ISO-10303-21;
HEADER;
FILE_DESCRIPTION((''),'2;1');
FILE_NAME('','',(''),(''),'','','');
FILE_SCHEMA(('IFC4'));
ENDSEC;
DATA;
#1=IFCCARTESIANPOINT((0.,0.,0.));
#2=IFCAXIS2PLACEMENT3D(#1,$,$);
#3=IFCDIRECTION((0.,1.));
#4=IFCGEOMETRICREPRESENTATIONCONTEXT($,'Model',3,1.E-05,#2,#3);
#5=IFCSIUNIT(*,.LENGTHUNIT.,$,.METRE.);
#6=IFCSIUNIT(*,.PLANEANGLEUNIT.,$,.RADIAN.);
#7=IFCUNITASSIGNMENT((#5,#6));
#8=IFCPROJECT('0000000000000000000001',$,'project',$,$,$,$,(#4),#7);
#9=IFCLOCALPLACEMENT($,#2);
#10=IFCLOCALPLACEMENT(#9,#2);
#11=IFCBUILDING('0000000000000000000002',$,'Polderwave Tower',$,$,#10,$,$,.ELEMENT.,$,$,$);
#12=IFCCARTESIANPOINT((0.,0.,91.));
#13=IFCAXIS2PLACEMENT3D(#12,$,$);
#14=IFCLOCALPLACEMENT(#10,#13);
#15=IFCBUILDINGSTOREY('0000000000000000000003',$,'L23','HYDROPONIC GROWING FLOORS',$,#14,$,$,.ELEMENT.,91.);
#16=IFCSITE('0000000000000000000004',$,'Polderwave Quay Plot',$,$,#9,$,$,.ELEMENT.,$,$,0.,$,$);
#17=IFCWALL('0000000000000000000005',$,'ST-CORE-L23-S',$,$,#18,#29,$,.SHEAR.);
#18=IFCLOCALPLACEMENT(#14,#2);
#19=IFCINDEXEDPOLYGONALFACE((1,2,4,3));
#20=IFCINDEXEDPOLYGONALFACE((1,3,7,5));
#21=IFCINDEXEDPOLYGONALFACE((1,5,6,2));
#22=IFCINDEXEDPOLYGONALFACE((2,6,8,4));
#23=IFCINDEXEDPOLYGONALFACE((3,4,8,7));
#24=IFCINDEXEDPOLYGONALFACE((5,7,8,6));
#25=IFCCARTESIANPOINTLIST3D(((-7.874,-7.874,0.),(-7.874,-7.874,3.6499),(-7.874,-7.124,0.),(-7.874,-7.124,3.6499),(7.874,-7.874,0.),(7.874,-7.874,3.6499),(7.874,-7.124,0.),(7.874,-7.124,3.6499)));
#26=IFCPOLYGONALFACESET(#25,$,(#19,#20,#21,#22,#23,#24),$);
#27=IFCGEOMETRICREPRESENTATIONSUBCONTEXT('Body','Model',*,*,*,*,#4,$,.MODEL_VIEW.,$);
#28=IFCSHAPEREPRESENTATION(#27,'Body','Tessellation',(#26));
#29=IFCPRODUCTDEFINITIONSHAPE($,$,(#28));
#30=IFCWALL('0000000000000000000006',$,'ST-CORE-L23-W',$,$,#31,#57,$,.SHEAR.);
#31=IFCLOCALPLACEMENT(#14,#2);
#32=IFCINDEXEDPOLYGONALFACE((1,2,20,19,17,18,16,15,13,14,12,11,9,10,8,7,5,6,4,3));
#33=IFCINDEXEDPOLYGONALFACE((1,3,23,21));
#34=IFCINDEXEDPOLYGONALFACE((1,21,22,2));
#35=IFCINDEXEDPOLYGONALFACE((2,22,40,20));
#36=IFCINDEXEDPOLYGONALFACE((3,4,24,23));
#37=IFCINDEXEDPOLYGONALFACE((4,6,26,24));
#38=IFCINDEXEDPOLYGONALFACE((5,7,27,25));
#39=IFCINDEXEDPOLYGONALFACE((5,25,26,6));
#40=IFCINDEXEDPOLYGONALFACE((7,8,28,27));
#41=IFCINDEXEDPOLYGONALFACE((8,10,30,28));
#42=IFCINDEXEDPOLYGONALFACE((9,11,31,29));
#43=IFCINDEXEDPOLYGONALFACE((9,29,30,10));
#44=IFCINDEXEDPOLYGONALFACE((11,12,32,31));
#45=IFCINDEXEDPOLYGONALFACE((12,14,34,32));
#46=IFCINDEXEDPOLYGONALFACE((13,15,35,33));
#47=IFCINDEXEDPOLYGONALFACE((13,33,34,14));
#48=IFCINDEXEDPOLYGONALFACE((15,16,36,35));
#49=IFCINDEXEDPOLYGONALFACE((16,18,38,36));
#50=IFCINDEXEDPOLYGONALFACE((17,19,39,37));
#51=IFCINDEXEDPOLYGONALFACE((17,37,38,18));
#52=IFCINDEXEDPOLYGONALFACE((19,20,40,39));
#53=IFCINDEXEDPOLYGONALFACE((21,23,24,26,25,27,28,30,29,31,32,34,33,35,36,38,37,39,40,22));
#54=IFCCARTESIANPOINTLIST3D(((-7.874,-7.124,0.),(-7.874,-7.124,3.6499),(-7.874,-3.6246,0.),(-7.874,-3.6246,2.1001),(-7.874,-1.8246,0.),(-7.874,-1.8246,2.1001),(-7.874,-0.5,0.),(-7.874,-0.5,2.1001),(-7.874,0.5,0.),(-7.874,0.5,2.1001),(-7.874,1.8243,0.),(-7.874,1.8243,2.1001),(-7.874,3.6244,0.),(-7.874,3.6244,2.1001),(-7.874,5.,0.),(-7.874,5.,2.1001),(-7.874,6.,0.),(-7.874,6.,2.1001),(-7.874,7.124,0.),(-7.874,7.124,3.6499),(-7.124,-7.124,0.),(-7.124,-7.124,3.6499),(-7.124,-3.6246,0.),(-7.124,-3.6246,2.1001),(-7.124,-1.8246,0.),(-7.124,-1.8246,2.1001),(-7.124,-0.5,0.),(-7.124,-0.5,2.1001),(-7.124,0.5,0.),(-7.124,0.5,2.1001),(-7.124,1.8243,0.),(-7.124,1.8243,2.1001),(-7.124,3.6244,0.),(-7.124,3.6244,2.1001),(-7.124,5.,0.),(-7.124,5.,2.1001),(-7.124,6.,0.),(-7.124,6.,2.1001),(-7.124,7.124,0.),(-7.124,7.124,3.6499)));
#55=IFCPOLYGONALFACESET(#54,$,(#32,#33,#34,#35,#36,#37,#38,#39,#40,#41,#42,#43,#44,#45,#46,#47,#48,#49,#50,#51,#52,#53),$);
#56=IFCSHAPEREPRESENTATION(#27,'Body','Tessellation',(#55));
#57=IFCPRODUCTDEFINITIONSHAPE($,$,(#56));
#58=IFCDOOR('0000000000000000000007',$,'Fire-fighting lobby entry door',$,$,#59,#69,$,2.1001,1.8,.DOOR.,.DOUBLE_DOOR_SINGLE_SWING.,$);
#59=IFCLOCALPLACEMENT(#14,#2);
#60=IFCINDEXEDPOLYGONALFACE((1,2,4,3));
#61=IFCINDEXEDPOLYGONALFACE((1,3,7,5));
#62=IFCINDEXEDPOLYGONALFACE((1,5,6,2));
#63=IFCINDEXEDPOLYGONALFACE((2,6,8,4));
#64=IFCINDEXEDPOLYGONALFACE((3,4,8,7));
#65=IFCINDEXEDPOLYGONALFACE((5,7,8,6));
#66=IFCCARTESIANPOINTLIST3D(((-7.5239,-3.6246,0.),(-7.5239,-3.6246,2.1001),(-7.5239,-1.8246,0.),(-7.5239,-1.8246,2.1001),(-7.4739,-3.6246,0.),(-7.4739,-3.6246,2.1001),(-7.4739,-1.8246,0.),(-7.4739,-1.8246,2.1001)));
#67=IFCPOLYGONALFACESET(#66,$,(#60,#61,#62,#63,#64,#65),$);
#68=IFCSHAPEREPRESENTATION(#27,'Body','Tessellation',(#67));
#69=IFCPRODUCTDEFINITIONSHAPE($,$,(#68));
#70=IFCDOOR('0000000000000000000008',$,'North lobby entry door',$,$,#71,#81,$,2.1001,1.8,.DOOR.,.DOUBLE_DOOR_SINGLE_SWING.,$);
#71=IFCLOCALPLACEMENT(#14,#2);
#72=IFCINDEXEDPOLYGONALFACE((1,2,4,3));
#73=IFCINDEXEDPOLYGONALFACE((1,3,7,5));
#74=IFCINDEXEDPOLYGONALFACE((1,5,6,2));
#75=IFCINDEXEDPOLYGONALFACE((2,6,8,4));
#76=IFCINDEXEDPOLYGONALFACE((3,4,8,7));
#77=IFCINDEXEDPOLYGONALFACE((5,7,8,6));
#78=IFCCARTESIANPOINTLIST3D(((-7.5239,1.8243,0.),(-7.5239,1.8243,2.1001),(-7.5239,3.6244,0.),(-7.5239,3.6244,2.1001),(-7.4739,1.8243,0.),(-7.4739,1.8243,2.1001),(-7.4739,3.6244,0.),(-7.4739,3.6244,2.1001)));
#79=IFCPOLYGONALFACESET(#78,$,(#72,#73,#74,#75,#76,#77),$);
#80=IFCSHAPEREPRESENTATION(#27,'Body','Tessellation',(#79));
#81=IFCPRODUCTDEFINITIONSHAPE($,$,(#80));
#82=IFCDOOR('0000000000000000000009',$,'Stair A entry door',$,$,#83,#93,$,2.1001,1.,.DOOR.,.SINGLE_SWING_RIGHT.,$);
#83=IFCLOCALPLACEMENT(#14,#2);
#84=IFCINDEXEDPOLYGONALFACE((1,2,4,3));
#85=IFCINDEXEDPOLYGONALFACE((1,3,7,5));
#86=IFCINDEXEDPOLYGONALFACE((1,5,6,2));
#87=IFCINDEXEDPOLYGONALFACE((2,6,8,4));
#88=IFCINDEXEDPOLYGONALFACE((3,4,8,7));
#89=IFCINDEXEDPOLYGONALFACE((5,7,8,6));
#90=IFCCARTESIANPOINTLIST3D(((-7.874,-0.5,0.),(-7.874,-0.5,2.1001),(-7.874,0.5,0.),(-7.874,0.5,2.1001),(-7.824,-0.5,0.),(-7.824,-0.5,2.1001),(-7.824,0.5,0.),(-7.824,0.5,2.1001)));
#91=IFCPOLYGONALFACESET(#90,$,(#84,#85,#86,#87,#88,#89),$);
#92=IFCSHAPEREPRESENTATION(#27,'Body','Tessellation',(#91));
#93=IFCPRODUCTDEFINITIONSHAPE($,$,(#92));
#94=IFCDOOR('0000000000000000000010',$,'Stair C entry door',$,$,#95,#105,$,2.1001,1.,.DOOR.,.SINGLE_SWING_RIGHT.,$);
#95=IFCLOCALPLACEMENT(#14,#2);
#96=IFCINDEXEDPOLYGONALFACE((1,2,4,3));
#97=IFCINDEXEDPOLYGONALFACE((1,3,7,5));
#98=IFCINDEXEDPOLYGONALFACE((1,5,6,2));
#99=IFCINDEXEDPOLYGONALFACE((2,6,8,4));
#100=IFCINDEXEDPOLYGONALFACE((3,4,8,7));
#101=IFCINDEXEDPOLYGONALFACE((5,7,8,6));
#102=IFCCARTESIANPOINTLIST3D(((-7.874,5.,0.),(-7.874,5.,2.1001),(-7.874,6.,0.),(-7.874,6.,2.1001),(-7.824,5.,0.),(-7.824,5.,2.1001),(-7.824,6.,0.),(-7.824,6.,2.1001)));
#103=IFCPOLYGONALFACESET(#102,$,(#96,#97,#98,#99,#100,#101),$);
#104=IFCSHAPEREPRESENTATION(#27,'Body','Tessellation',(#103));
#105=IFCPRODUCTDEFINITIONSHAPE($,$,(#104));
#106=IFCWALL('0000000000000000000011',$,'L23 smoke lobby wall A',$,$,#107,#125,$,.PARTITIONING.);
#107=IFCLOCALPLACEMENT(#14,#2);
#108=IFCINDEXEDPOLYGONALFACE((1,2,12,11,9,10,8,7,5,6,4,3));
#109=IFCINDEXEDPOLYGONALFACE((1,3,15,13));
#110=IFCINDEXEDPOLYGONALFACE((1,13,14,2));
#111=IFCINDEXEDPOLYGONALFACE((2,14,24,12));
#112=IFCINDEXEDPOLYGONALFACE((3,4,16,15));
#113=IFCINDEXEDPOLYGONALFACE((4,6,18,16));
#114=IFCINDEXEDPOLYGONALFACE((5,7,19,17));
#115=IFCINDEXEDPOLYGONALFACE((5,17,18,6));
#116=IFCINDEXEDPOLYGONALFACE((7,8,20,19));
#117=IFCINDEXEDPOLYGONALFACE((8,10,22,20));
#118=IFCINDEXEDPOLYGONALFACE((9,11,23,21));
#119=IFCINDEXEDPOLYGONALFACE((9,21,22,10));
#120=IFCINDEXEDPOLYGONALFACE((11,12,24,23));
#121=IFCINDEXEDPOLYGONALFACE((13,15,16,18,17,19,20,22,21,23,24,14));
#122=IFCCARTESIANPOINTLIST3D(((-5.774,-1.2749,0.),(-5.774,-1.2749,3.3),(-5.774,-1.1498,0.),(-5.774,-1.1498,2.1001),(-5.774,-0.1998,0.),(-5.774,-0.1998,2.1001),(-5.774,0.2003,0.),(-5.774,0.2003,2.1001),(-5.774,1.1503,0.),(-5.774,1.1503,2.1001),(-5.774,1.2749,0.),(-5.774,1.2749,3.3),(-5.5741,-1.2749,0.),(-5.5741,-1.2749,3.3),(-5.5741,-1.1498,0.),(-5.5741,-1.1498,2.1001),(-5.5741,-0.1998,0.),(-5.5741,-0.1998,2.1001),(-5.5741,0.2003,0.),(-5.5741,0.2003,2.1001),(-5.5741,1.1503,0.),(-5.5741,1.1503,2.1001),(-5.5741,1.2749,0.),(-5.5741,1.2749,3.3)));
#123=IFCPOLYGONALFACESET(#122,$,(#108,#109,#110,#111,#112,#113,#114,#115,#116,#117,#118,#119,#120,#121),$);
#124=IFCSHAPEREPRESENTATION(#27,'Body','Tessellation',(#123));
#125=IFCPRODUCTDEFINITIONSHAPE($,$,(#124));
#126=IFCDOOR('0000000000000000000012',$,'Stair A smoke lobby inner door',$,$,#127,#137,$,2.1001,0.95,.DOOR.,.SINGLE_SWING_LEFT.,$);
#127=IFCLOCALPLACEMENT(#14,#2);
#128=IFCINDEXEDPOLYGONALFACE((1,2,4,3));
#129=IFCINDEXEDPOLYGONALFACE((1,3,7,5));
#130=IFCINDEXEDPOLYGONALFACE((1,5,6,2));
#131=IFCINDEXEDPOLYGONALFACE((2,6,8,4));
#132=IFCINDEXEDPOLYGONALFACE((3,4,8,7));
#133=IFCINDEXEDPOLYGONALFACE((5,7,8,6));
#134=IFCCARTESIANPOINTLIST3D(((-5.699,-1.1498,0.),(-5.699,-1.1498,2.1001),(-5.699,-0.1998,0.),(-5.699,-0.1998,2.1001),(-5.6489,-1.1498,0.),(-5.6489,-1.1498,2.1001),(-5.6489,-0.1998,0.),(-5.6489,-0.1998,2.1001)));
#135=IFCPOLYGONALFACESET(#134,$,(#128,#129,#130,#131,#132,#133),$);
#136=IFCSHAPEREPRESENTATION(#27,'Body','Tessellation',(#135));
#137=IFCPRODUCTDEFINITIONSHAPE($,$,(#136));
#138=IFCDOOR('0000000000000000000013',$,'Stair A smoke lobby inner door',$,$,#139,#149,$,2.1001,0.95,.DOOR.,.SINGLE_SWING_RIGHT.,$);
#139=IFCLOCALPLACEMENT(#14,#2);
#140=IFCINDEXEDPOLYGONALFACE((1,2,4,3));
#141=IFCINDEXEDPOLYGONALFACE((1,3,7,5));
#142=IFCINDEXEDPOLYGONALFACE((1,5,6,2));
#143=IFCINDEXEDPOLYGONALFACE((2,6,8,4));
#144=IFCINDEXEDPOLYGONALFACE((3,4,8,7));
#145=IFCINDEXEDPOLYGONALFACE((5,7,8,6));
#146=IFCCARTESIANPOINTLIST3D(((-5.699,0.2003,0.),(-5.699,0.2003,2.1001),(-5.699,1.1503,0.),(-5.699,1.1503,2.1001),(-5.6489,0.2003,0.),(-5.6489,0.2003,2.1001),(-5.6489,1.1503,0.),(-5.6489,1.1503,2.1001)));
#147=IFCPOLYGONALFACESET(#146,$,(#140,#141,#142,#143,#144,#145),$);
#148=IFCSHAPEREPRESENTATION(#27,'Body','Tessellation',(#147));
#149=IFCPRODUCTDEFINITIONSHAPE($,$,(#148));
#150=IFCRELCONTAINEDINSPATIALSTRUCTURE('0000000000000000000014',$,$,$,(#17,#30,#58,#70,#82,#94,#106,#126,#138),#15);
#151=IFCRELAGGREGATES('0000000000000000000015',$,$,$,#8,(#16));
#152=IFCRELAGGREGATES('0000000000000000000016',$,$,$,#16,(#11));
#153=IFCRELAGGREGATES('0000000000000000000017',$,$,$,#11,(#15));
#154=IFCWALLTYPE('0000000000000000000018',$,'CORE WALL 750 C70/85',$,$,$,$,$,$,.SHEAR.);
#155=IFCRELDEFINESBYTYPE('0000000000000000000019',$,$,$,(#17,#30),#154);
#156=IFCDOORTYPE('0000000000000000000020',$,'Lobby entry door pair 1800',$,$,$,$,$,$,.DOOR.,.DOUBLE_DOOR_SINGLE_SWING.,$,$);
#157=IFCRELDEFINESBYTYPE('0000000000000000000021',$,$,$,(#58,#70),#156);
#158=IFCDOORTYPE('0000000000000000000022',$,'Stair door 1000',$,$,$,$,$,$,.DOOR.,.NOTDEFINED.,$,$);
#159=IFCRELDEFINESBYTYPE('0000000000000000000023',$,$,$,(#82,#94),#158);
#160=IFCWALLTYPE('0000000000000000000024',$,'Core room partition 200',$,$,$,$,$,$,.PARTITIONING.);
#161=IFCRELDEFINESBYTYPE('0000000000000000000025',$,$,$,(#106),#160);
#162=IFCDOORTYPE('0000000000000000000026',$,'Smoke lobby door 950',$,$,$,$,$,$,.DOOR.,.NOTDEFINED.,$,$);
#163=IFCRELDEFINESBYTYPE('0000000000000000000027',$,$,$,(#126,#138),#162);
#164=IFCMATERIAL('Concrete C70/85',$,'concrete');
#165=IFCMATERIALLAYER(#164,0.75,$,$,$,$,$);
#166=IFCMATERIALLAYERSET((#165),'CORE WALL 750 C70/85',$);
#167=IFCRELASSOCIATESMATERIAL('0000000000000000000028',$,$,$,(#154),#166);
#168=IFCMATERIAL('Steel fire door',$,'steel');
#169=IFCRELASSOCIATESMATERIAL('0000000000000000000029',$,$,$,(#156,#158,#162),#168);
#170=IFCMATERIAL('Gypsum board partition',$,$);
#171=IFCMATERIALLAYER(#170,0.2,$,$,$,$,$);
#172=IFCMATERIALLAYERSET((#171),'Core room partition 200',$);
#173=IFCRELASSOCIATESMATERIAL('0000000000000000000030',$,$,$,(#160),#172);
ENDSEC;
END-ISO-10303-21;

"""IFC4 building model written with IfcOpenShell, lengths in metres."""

from ifc_helpers import new_model, si_unit, direction, frame, frame_2d, origin, place, context, subcontext, project, spatial, rectangle, extrude, material, layer, layer_set, type_object, element, fill, save


model = new_model("IFC4")

# Units and contexts
model_context = context("Model", 3, precision=1e-05, world=origin(), true_north=direction((0.0, 1.0)))
body_context = subcontext(model_context, "Body", "Model", "MODEL_VIEW")
ifc_project = project(units=[si_unit("LENGTHUNIT", "METRE"), si_unit("PLANEANGLEUNIT", "RADIAN")], contexts=[model_context])

# Site, building, storey
site_placement = place(None, origin())
site = spatial("IfcSite", under=ifc_project, at=site_placement, Name="Polderwave Quay Plot", CompositionType="ELEMENT", RefElevation=0.0)
building_placement = place(site_placement, origin())
building = spatial("IfcBuilding", under=site, at=building_placement, Name="Polderwave Tower", CompositionType="ELEMENT")
storey_placement = place(building_placement, frame((0.0, 0.0, 91.0)))
storey = spatial("IfcBuildingStorey", under=building, at=storey_placement, Name="L23", Description="HYDROPONIC GROWING FLOORS", CompositionType="ELEMENT", Elevation=91.0)

# Wall
ifc_material_1 = material(Name="Concrete C70/85", Category="concrete")
ifc_layer_1 = layer(ifc_material_1, 0.75)
ifc_layer_set_1 = layer_set([ifc_layer_1], Name="CORE WALL 750 C70/85")
wall_type_1 = type_object("IfcWallType", Name="CORE WALL 750 C70/85", PredefinedType="SHEAR", material=ifc_layer_set_1)
wall_1_placement = place(storey_placement, frame((-7.874, -7.499, 0.0), z_axis=(0.0, 0.0, 1.0), x_axis=(1.0, 0.0, 0.0)))
element("IfcWall", 1, at=wall_1_placement, inside=storey, type_object=wall_type_1, Name="ST-CORE-L23-S", PredefinedType="SHEAR", context=body_context, shape_type="SweptSolid", body=[
    extrude(rectangle(XDim=15.748, YDim=0.75, at=frame_2d((7.874, 0.0))), origin(), (0.0, 0.0, 1.0), 3.6499),
])

# Walls, openings, doors
wall_2_placement = place(storey_placement, frame((-7.499, -7.124, 0.0), z_axis=(0.0, 0.0, 1.0), x_axis=(0.0, 1.0, 0.0)))
wall_2 = element("IfcWall", 2, at=wall_2_placement, inside=storey, type_object=wall_type_1, Name="ST-CORE-L23-W", PredefinedType="SHEAR", context=body_context, shape_type="SweptSolid", body=[
    extrude(rectangle(XDim=14.248, YDim=0.75, at=frame_2d((7.124, 0.0))), origin(), (0.0, 0.0, 1.0), 3.6499),
])
opening_1_placement = place(wall_2_placement, frame((6.624, 0.0, 0.0)))
opening_1 = element("IfcOpeningElement", 3, at=opening_1_placement, cuts=wall_2, PredefinedType="OPENING", context=body_context, shape_type="SweptSolid", body=[
    extrude(rectangle(XDim=1.0, YDim=2.1001, at=frame_2d((0.5, 1.05))), frame((0.0, 0.385, 0.0), z_axis=(0.0, -1.0, 0.0), x_axis=(1.0, 0.0, 0.0)), (0.0, 0.0, 1.0), 0.77),
])
opening_2_placement = place(wall_2_placement, frame((3.4995, 0.0, 0.0)))
opening_2 = element("IfcOpeningElement", 4, at=opening_2_placement, cuts=wall_2, PredefinedType="OPENING", context=body_context, shape_type="SweptSolid", body=[
    extrude(rectangle(XDim=1.8, YDim=2.1001, at=frame_2d((0.8999, 1.05))), frame((0.0, 0.385, 0.0), z_axis=(0.0, -1.0, 0.0), x_axis=(1.0, 0.0, 0.0)), (0.0, 0.0, 1.0), 0.77),
])
opening_3_placement = place(wall_2_placement, frame((8.9485, 0.0, 0.0)))
opening_3 = element("IfcOpeningElement", 5, at=opening_3_placement, cuts=wall_2, PredefinedType="OPENING", context=body_context, shape_type="SweptSolid", body=[
    extrude(rectangle(XDim=1.8, YDim=2.1001, at=frame_2d((0.8999, 1.05))), frame((0.0, 0.385, 0.0), z_axis=(0.0, -1.0, 0.0), x_axis=(1.0, 0.0, 0.0)), (0.0, 0.0, 1.0), 0.77),
])
opening_4_placement = place(wall_2_placement, frame((12.124, 0.0, 0.0)))
opening_4 = element("IfcOpeningElement", 6, at=opening_4_placement, cuts=wall_2, PredefinedType="OPENING", context=body_context, shape_type="SweptSolid", body=[
    extrude(rectangle(XDim=1.0, YDim=2.1001, at=frame_2d((0.5, 1.05))), frame((0.0, 0.385, 0.0), z_axis=(0.0, -1.0, 0.0), x_axis=(1.0, 0.0, 0.0)), (0.0, 0.0, 1.0), 0.77),
])
ifc_material_2 = material(Name="Steel fire door", Category="steel")
door_type_1 = type_object("IfcDoorType", Name="Lobby entry door pair 1800", OperationType="DOUBLE_DOOR_SINGLE_SWING", PredefinedType="DOOR", material=ifc_material_2)
door_1_placement = place(opening_2_placement, origin())
door_1 = element("IfcDoor", 7, at=door_1_placement, inside=storey, type_object=door_type_1, Name="Fire-fighting lobby entry door", OperationType="DOUBLE_DOOR_SINGLE_SWING", OverallHeight=2.1001, OverallWidth=1.8, PredefinedType="DOOR", context=body_context, shape_type="SweptSolid", body=[
    extrude(rectangle(XDim=1.8, YDim=2.1001, at=frame_2d((0.8999, 1.05))), frame((0.0, 0.0249, 0.0), z_axis=(0.0, -1.0, 0.0), x_axis=(1.0, 0.0, 0.0)), (0.0, 0.0, 1.0), 0.05),
])
fill(opening_2, door_1)
door_2_placement = place(opening_3_placement, origin())
door_2 = element("IfcDoor", 8, at=door_2_placement, inside=storey, type_object=door_type_1, Name="North lobby entry door", OperationType="DOUBLE_DOOR_SINGLE_SWING", OverallHeight=2.1001, OverallWidth=1.8, PredefinedType="DOOR", context=body_context, shape_type="SweptSolid", body=[
    extrude(rectangle(XDim=1.8, YDim=2.1001, at=frame_2d((0.8999, 1.05))), frame((0.0, 0.0249, 0.0), z_axis=(0.0, -1.0, 0.0), x_axis=(1.0, 0.0, 0.0)), (0.0, 0.0, 1.0), 0.05),
])
fill(opening_3, door_2)
door_type_2 = type_object("IfcDoorType", Name="Stair door 1000", OperationType="NOTDEFINED", PredefinedType="DOOR", material=ifc_material_2)
door_3_placement = place(opening_1_placement, origin())
door_3 = element("IfcDoor", 9, at=door_3_placement, inside=storey, type_object=door_type_2, Name="Stair A entry door", OperationType="SINGLE_SWING_RIGHT", OverallHeight=2.1001, OverallWidth=1.0, PredefinedType="DOOR", context=body_context, shape_type="SweptSolid", body=[
    extrude(rectangle(XDim=1.0, YDim=2.1001, at=frame_2d((0.5, 1.05))), frame((0.0, 0.375, 0.0), z_axis=(0.0, -1.0, 0.0), x_axis=(1.0, 0.0, 0.0)), (0.0, 0.0, 1.0), 0.05),
])
fill(opening_1, door_3)
door_4_placement = place(opening_4_placement, origin())
door_4 = element("IfcDoor", 10, at=door_4_placement, inside=storey, type_object=door_type_2, Name="Stair C entry door", OperationType="SINGLE_SWING_RIGHT", OverallHeight=2.1001, OverallWidth=1.0, PredefinedType="DOOR", context=body_context, shape_type="SweptSolid", body=[
    extrude(rectangle(XDim=1.0, YDim=2.1001, at=frame_2d((0.5, 1.05))), frame((0.0, 0.375, 0.0), z_axis=(0.0, -1.0, 0.0), x_axis=(1.0, 0.0, 0.0)), (0.0, 0.0, 1.0), 0.05),
])
fill(opening_4, door_4)
ifc_material_3 = material(Name="Gypsum board partition")
ifc_layer_2 = layer(ifc_material_3, 0.2)
ifc_layer_set_2 = layer_set([ifc_layer_2], Name="Core room partition 200")
wall_type_2 = type_object("IfcWallType", Name="Core room partition 200", PredefinedType="PARTITIONING", material=ifc_layer_set_2)
wall_3_placement = place(storey_placement, frame((-5.6741, -1.2749, 0.0), z_axis=(0.0, 0.0, 1.0), x_axis=(0.0, 1.0, 0.0)))
wall_3 = element("IfcWall", 11, at=wall_3_placement, inside=storey, type_object=wall_type_2, Name="L23 smoke lobby wall A", PredefinedType="PARTITIONING", context=body_context, shape_type="SweptSolid", body=[
    extrude(rectangle(XDim=2.5498, YDim=0.2, at=frame_2d((1.2749, 0.0))), origin(), (0.0, 0.0, 1.0), 3.3),
])
opening_5_placement = place(wall_3_placement, frame((0.125, 0.0, 0.0)))
opening_5 = element("IfcOpeningElement", 12, at=opening_5_placement, cuts=wall_3, PredefinedType="OPENING", context=body_context, shape_type="SweptSolid", body=[
    extrude(rectangle(XDim=0.95, YDim=2.1001, at=frame_2d((0.4751, 1.05))), frame((0.0, 0.1099, 0.0), z_axis=(0.0, -1.0, 0.0), x_axis=(1.0, 0.0, 0.0)), (0.0, 0.0, 1.0), 0.22),
])
opening_6_placement = place(wall_3_placement, frame((1.4751, 0.0, 0.0)))
opening_6 = element("IfcOpeningElement", 13, at=opening_6_placement, cuts=wall_3, PredefinedType="OPENING", context=body_context, shape_type="SweptSolid", body=[
    extrude(rectangle(XDim=0.95, YDim=2.1001, at=frame_2d((0.4751, 1.05))), frame((0.0, 0.1099, 0.0), z_axis=(0.0, -1.0, 0.0), x_axis=(1.0, 0.0, 0.0)), (0.0, 0.0, 1.0), 0.22),
])
door_type_3 = type_object("IfcDoorType", Name="Smoke lobby door 950", OperationType="NOTDEFINED", PredefinedType="DOOR", material=ifc_material_2)
door_5_placement = place(opening_5_placement, origin())
door_5 = element("IfcDoor", 14, at=door_5_placement, inside=storey, type_object=door_type_3, Name="Stair A smoke lobby inner door", OperationType="SINGLE_SWING_LEFT", OverallHeight=2.1001, OverallWidth=0.95, PredefinedType="DOOR", context=body_context, shape_type="SweptSolid", body=[
    extrude(rectangle(XDim=0.95, YDim=2.1001, at=frame_2d((0.4751, 1.05))), frame((0.0, 0.0249, 0.0), z_axis=(0.0, -1.0, 0.0), x_axis=(1.0, 0.0, 0.0)), (0.0, 0.0, 1.0), 0.05),
])
fill(opening_5, door_5)
door_6_placement = place(opening_6_placement, origin())
door_6 = element("IfcDoor", 15, at=door_6_placement, inside=storey, type_object=door_type_3, Name="Stair A smoke lobby inner door", OperationType="SINGLE_SWING_RIGHT", OverallHeight=2.1001, OverallWidth=0.95, PredefinedType="DOOR", context=body_context, shape_type="SweptSolid", body=[
    extrude(rectangle(XDim=0.95, YDim=2.1001, at=frame_2d((0.4751, 1.05))), frame((0.0, 0.0249, 0.0), z_axis=(0.0, -1.0, 0.0), x_axis=(1.0, 0.0, 0.0)), (0.0, 0.0, 1.0), 0.05),
])
fill(opening_6, door_6)

save(model, "model.ifc")
